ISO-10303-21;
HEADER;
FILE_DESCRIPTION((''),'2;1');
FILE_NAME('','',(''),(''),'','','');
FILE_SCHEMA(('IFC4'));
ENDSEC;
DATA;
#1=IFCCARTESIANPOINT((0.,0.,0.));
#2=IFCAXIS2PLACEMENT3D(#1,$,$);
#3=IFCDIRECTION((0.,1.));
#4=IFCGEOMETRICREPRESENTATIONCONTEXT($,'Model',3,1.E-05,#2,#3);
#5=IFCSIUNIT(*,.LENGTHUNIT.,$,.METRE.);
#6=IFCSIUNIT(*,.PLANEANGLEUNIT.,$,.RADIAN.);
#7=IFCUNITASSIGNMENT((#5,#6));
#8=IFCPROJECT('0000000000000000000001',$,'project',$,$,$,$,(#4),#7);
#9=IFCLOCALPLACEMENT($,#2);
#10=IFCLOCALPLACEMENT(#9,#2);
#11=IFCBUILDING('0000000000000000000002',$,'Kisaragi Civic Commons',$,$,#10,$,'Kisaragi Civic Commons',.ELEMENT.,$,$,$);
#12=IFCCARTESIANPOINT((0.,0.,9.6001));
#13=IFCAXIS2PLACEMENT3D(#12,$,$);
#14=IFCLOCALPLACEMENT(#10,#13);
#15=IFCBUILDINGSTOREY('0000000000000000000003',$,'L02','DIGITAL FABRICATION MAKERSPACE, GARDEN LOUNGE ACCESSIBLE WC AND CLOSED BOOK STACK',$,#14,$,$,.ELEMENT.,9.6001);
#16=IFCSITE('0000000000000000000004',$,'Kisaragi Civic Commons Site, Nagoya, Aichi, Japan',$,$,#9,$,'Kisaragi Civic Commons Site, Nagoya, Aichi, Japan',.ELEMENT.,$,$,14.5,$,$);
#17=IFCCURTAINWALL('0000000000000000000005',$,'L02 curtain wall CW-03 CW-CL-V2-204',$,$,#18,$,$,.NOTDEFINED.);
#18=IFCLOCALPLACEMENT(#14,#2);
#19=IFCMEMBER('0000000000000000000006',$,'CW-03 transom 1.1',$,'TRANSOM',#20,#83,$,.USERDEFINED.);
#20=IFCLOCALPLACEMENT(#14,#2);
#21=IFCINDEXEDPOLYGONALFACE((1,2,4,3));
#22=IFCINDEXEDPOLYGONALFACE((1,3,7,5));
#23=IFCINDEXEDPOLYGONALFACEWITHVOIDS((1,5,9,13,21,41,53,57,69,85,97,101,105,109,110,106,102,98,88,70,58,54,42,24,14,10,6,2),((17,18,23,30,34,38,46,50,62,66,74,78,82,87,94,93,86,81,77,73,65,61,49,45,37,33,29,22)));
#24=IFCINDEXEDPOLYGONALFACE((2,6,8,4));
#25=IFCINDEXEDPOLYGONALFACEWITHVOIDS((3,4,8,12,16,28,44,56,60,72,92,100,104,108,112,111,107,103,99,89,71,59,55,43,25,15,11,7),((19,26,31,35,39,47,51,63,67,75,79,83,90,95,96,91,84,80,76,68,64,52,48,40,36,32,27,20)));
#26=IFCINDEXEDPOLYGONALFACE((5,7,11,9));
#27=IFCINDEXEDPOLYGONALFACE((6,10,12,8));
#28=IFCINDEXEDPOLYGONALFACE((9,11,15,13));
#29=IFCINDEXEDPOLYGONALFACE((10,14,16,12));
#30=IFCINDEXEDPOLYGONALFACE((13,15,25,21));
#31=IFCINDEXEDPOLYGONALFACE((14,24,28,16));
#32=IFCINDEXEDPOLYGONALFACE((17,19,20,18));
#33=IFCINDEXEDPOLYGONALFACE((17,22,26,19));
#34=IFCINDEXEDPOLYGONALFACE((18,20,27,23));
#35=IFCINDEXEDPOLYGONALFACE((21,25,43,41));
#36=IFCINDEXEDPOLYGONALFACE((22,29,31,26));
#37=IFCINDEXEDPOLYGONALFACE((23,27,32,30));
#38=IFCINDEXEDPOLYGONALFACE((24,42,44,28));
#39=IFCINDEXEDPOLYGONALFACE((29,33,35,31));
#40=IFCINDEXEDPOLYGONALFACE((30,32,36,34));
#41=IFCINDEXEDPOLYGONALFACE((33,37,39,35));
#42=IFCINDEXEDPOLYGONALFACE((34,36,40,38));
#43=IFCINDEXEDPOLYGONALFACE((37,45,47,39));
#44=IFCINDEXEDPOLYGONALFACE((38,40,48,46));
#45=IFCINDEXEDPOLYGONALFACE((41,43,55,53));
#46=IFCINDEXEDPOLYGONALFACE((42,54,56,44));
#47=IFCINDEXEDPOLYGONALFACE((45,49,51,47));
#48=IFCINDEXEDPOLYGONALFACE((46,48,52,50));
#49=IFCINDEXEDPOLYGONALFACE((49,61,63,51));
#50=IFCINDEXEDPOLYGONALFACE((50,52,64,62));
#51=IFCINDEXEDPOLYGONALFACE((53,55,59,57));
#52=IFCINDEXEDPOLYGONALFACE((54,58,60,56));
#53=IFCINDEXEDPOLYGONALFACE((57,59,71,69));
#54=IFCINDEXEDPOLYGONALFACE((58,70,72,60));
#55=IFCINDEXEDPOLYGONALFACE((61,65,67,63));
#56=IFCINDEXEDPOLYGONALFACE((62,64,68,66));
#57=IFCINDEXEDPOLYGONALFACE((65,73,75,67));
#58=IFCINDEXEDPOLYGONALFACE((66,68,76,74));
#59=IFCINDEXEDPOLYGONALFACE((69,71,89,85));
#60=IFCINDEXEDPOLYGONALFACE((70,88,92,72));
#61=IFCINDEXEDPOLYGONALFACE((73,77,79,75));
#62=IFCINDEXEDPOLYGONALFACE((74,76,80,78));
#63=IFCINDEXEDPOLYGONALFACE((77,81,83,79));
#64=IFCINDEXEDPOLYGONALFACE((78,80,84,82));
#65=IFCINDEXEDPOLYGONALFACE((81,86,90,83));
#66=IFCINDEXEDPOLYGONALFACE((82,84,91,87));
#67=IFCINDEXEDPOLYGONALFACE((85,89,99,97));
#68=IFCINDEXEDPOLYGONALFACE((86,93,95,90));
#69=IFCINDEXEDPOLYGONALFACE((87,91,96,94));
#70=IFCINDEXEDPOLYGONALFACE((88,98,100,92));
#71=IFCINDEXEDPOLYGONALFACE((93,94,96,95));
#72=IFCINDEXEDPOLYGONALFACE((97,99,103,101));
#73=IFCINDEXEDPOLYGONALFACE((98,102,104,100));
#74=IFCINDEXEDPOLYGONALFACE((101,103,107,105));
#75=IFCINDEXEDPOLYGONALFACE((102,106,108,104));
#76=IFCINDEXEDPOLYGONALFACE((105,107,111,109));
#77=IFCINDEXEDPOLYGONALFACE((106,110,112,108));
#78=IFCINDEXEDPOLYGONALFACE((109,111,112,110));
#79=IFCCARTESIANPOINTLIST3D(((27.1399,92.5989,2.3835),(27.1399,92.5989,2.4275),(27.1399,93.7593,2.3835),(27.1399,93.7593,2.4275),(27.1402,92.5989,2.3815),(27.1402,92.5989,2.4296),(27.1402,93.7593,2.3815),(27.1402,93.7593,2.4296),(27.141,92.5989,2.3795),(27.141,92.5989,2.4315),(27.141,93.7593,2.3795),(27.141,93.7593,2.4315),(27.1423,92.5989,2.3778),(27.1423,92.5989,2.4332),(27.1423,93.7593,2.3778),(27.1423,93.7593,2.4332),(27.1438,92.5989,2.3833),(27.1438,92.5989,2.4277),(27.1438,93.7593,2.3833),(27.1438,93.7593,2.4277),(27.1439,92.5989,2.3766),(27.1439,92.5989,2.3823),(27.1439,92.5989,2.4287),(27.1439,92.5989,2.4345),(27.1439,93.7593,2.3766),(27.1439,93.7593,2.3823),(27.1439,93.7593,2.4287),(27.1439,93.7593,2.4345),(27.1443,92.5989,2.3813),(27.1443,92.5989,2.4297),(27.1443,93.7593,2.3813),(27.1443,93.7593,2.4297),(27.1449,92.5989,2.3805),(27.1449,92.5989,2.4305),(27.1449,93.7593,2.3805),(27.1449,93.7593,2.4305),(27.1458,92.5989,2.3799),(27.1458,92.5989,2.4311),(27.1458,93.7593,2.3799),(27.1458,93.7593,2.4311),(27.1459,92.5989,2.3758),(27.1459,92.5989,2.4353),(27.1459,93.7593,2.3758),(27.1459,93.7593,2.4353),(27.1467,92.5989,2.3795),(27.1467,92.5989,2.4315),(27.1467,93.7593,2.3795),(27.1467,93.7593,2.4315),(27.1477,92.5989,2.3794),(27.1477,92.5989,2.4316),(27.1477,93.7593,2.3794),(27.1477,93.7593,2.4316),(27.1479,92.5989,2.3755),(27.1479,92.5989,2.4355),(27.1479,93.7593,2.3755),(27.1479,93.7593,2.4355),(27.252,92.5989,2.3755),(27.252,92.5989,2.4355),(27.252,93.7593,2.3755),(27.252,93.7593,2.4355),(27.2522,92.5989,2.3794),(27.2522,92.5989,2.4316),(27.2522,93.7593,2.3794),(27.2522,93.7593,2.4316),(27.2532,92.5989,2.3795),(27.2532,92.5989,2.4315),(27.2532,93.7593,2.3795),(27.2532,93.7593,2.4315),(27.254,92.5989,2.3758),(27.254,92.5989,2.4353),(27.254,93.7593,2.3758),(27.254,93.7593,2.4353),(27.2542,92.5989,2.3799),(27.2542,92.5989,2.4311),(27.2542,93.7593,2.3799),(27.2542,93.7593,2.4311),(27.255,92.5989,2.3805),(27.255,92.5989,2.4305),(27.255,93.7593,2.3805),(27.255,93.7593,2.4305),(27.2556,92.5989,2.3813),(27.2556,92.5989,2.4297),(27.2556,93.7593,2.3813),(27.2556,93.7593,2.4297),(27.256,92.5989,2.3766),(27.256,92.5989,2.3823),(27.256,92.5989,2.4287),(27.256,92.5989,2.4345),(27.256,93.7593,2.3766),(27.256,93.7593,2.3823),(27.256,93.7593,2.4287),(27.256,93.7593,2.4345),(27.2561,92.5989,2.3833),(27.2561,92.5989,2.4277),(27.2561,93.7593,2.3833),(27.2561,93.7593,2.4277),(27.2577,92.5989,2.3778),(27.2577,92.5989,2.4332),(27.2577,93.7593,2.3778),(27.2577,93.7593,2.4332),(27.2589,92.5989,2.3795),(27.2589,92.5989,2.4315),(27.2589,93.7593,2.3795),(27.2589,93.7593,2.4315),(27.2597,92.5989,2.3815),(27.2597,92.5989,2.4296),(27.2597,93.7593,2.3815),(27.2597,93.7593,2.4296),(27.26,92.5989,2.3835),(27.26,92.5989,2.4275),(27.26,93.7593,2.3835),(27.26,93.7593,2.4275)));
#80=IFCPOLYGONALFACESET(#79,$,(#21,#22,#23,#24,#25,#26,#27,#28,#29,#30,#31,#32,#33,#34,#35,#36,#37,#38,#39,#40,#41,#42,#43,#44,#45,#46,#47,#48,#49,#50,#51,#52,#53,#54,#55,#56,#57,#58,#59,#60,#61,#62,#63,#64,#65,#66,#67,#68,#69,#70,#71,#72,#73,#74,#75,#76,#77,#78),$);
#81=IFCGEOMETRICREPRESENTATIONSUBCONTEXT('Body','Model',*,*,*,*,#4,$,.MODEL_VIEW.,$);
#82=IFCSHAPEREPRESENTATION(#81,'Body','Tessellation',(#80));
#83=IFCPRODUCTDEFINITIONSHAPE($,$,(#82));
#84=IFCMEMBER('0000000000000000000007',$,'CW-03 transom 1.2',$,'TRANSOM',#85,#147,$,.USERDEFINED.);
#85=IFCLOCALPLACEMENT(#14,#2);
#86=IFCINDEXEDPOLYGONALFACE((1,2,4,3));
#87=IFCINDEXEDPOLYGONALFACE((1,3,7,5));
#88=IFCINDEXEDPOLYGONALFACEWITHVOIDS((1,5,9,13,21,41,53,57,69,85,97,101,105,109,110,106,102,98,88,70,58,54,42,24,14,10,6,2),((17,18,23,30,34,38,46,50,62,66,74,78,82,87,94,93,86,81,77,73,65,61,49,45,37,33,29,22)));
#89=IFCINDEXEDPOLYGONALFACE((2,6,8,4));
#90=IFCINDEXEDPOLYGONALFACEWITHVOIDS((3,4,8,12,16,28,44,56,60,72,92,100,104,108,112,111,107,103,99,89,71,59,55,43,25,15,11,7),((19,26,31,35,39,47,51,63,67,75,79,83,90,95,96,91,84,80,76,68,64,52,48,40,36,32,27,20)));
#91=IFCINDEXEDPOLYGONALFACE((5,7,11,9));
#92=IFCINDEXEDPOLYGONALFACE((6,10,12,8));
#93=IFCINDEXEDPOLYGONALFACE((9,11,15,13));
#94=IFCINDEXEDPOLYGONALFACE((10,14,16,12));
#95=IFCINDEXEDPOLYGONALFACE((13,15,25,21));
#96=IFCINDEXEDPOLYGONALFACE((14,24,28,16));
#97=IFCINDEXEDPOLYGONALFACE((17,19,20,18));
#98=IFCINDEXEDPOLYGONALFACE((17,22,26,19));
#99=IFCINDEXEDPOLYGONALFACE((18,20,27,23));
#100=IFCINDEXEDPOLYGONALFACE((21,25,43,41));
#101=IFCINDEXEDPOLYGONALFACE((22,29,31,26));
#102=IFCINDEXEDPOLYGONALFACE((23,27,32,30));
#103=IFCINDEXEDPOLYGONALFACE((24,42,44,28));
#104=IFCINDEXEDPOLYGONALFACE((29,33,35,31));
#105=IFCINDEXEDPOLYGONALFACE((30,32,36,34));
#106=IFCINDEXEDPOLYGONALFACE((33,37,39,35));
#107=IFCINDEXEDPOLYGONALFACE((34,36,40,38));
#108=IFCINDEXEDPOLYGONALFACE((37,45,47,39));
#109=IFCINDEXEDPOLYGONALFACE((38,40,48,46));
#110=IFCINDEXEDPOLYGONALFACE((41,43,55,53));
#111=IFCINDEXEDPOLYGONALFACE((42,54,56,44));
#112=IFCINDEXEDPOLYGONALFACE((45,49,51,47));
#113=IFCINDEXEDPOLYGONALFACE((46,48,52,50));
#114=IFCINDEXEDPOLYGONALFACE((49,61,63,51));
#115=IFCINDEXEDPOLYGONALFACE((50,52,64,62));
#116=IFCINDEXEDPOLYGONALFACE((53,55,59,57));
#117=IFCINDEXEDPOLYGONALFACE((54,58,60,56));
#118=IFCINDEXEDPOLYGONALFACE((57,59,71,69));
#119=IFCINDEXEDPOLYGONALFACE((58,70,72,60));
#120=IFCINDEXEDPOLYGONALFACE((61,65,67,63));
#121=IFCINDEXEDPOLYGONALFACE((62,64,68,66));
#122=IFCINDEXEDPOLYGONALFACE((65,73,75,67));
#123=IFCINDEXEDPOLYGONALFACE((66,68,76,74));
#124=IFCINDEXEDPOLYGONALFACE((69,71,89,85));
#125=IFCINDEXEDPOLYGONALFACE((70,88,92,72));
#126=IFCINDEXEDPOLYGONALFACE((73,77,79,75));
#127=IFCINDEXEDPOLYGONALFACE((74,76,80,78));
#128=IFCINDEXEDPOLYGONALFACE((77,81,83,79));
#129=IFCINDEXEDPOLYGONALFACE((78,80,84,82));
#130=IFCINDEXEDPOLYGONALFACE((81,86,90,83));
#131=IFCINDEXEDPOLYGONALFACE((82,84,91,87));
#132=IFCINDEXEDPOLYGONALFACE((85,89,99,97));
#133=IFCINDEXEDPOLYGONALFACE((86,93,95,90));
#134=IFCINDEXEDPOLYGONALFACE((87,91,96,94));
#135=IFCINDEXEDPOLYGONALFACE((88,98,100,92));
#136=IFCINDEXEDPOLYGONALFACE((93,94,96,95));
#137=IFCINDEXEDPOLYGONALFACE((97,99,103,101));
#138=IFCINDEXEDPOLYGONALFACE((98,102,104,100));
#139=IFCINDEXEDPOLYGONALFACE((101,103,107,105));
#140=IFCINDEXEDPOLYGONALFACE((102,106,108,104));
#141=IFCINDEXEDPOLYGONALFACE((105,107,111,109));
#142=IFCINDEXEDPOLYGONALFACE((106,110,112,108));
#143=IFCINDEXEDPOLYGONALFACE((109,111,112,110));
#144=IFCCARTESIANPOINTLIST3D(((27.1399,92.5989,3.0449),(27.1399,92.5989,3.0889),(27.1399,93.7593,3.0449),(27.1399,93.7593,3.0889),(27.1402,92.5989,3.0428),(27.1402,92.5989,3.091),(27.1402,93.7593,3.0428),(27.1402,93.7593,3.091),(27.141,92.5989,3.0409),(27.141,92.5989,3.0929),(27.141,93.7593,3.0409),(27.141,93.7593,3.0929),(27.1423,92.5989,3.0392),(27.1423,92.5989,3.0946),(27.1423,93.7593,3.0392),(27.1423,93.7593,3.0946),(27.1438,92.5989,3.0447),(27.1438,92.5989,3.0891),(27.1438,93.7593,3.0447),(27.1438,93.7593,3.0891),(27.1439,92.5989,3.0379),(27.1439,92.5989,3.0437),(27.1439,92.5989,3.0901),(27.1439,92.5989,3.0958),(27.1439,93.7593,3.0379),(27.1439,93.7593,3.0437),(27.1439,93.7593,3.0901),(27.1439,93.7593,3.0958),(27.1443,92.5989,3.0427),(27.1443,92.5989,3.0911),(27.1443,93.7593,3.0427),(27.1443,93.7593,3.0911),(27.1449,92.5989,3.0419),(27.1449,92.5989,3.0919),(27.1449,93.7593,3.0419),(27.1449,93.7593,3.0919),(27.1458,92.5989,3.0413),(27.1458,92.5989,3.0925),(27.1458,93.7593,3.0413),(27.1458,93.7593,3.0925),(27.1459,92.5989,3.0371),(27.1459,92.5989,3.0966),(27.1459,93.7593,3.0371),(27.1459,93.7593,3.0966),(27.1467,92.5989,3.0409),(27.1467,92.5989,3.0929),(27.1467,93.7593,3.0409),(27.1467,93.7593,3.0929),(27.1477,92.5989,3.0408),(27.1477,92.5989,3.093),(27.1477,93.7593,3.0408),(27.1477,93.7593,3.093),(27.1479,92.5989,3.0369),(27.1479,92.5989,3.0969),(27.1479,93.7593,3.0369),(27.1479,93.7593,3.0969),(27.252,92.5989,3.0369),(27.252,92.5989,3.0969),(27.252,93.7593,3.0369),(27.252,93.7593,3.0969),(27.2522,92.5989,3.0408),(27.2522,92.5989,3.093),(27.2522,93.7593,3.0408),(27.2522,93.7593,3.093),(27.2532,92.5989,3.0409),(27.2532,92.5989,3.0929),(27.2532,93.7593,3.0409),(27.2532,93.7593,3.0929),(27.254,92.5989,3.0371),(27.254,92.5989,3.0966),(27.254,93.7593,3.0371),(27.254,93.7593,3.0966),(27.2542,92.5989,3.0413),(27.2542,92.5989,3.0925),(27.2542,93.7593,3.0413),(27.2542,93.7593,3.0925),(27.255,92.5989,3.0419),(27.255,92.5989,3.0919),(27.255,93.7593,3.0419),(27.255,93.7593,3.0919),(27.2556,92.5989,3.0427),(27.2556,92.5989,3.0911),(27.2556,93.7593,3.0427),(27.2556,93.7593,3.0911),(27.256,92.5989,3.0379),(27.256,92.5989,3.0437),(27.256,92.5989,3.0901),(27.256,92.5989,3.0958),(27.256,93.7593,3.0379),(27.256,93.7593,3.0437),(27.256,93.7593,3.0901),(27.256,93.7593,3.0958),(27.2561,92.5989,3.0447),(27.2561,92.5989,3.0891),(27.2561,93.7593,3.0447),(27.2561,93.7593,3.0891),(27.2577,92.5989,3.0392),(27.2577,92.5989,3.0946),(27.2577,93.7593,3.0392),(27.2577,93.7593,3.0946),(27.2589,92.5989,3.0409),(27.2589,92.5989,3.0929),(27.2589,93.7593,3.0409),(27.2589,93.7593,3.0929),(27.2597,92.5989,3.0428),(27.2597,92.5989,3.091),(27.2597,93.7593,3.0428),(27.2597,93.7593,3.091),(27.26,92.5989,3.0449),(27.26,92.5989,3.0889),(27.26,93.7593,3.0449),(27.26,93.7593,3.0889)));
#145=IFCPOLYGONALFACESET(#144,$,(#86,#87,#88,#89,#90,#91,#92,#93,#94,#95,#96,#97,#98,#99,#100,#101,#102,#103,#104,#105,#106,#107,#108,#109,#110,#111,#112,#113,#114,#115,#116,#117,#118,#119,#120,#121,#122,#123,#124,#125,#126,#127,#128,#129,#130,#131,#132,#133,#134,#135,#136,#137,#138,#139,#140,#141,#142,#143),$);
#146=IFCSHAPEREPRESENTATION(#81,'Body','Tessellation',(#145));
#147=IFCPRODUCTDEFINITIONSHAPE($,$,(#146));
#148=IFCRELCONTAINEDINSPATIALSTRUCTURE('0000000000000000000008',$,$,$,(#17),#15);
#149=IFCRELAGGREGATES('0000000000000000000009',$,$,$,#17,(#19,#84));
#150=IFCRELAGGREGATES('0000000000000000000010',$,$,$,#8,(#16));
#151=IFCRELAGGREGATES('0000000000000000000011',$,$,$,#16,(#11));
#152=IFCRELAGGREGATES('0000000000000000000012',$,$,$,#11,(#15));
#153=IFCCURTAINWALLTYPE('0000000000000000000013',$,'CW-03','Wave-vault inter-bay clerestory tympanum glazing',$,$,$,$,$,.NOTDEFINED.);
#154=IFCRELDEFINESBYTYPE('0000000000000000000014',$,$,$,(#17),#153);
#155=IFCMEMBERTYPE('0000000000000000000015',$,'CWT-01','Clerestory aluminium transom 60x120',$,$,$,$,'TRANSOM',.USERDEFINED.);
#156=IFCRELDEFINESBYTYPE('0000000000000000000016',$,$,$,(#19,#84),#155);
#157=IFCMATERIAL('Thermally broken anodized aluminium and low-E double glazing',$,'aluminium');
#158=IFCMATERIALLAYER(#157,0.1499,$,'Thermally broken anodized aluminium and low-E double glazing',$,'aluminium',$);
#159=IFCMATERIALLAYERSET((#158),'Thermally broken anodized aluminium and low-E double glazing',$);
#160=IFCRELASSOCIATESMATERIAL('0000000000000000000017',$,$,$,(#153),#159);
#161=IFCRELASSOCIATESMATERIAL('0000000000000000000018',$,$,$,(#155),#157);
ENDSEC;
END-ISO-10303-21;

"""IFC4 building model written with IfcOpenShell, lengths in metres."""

from ifc_helpers import new_model, si_unit, direction, frame, origin, origin_2d, place, context, subcontext, project, spatial, hollow_rectangle, extrude, material, layer, layer_set, material_profile, profile_set, type_object, element, aggregate, save


model = new_model("IFC4")

# Units and contexts
model_context = context("Model", 3, precision=1e-05, world=origin(), true_north=direction((0.0, 1.0)))
body_context = subcontext(model_context, "Body", "Model", "MODEL_VIEW")
ifc_project = project(units=[si_unit("LENGTHUNIT", "METRE"), si_unit("PLANEANGLEUNIT", "RADIAN")], contexts=[model_context])

# Site, building, storey
site_placement = place(None, origin())
site = spatial("IfcSite", under=ifc_project, at=site_placement, Name="Kisaragi Civic Commons Site, Nagoya, Aichi, Japan", LongName="Kisaragi Civic Commons Site, Nagoya, Aichi, Japan", CompositionType="ELEMENT", RefElevation=14.5)
building_placement = place(site_placement, origin())
building = spatial("IfcBuilding", under=site, at=building_placement, Name="Kisaragi Civic Commons", LongName="Kisaragi Civic Commons", CompositionType="ELEMENT")
storey_placement = place(building_placement, frame((0.0, 0.0, 9.6001)))
storey = spatial("IfcBuildingStorey", under=building, at=storey_placement, Name="L02", Description="DIGITAL FABRICATION MAKERSPACE, GARDEN LOUNGE ACCESSIBLE WC AND CLOSED BOOK STACK", CompositionType="ELEMENT", Elevation=9.6001)

# Shared definitions
ifc_material_1 = material(Name="Thermally broken anodized aluminium and low-E double glazing", Category="aluminium")
ifc_layer_1 = layer(ifc_material_1, 0.1499, Name="Thermally broken anodized aluminium and low-E double glazing", Category="aluminium")
ifc_layer_set_1 = layer_set([ifc_layer_1], Name="Thermally broken anodized aluminium and low-E double glazing")
curtain_wall_type = type_object("IfcCurtainWallType", Name="CW-03", Description="Wave-vault inter-bay clerestory tympanum glazing", PredefinedType="NOTDEFINED", material=ifc_layer_set_1)

# Curtain wall
curtain_wall_1_placement = place(storey_placement, origin())
curtain_wall_1 = element("IfcCurtainWall", 1, at=curtain_wall_1_placement, inside=storey, type_object=curtain_wall_type, Name="L02 curtain wall CW-03 CW-CL-V2-204", PredefinedType="NOTDEFINED")

# Members
ifc_material_profile_1 = material_profile(ifc_material_1, hollow_rectangle(XDim=0.1201, YDim=0.0601, WallThickness=0.0039, InnerFilletRadius=0.0039, OuterFilletRadius=0.0081, at=origin_2d()), Name="CWT-60x120x4", Category="aluminium")
ifc_profile_set_1 = profile_set([ifc_material_profile_1], Name="Thermally broken anodized aluminium and low-E double glazing")
member_type_1 = type_object("IfcMemberType", Name="CWT-01", Description="Clerestory aluminium transom 60x120", ElementType="TRANSOM", PredefinedType="USERDEFINED", material=ifc_profile_set_1)
member_1_placement = place(storey_placement, frame((27.2, 92.5989, 2.4055), z_axis=(0.0, 1.0, 0.0), x_axis=(-1.0, 0.0, 0.0)))
member_1 = element("IfcMember", 2, at=member_1_placement, type_object=member_type_1, Name="CW-03 transom 1.1", ObjectType="TRANSOM", PredefinedType="USERDEFINED", context=body_context, shape_type="SweptSolid", body=[
    extrude(hollow_rectangle(XDim=0.1201, YDim=0.0601, WallThickness=0.0039, InnerFilletRadius=0.0039, OuterFilletRadius=0.0081, at=origin_2d()), origin(), (0.0, 0.0, 1.0), 1.1604),
])
member_2_placement = place(storey_placement, frame((27.2, 92.5989, 3.0669), z_axis=(0.0, 1.0, 0.0), x_axis=(-1.0, 0.0, 0.0)))
member_2 = element("IfcMember", 3, at=member_2_placement, type_object=member_type_1, Name="CW-03 transom 1.2", ObjectType="TRANSOM", PredefinedType="USERDEFINED", context=body_context, shape_type="SweptSolid", body=[
    extrude(hollow_rectangle(XDim=0.1201, YDim=0.0601, WallThickness=0.0039, InnerFilletRadius=0.0039, OuterFilletRadius=0.0081, at=origin_2d()), origin(), (0.0, 0.0, 1.0), 1.1604),
])

aggregate(curtain_wall_1, [member_1, member_2])

save(model, "model.ifc")
